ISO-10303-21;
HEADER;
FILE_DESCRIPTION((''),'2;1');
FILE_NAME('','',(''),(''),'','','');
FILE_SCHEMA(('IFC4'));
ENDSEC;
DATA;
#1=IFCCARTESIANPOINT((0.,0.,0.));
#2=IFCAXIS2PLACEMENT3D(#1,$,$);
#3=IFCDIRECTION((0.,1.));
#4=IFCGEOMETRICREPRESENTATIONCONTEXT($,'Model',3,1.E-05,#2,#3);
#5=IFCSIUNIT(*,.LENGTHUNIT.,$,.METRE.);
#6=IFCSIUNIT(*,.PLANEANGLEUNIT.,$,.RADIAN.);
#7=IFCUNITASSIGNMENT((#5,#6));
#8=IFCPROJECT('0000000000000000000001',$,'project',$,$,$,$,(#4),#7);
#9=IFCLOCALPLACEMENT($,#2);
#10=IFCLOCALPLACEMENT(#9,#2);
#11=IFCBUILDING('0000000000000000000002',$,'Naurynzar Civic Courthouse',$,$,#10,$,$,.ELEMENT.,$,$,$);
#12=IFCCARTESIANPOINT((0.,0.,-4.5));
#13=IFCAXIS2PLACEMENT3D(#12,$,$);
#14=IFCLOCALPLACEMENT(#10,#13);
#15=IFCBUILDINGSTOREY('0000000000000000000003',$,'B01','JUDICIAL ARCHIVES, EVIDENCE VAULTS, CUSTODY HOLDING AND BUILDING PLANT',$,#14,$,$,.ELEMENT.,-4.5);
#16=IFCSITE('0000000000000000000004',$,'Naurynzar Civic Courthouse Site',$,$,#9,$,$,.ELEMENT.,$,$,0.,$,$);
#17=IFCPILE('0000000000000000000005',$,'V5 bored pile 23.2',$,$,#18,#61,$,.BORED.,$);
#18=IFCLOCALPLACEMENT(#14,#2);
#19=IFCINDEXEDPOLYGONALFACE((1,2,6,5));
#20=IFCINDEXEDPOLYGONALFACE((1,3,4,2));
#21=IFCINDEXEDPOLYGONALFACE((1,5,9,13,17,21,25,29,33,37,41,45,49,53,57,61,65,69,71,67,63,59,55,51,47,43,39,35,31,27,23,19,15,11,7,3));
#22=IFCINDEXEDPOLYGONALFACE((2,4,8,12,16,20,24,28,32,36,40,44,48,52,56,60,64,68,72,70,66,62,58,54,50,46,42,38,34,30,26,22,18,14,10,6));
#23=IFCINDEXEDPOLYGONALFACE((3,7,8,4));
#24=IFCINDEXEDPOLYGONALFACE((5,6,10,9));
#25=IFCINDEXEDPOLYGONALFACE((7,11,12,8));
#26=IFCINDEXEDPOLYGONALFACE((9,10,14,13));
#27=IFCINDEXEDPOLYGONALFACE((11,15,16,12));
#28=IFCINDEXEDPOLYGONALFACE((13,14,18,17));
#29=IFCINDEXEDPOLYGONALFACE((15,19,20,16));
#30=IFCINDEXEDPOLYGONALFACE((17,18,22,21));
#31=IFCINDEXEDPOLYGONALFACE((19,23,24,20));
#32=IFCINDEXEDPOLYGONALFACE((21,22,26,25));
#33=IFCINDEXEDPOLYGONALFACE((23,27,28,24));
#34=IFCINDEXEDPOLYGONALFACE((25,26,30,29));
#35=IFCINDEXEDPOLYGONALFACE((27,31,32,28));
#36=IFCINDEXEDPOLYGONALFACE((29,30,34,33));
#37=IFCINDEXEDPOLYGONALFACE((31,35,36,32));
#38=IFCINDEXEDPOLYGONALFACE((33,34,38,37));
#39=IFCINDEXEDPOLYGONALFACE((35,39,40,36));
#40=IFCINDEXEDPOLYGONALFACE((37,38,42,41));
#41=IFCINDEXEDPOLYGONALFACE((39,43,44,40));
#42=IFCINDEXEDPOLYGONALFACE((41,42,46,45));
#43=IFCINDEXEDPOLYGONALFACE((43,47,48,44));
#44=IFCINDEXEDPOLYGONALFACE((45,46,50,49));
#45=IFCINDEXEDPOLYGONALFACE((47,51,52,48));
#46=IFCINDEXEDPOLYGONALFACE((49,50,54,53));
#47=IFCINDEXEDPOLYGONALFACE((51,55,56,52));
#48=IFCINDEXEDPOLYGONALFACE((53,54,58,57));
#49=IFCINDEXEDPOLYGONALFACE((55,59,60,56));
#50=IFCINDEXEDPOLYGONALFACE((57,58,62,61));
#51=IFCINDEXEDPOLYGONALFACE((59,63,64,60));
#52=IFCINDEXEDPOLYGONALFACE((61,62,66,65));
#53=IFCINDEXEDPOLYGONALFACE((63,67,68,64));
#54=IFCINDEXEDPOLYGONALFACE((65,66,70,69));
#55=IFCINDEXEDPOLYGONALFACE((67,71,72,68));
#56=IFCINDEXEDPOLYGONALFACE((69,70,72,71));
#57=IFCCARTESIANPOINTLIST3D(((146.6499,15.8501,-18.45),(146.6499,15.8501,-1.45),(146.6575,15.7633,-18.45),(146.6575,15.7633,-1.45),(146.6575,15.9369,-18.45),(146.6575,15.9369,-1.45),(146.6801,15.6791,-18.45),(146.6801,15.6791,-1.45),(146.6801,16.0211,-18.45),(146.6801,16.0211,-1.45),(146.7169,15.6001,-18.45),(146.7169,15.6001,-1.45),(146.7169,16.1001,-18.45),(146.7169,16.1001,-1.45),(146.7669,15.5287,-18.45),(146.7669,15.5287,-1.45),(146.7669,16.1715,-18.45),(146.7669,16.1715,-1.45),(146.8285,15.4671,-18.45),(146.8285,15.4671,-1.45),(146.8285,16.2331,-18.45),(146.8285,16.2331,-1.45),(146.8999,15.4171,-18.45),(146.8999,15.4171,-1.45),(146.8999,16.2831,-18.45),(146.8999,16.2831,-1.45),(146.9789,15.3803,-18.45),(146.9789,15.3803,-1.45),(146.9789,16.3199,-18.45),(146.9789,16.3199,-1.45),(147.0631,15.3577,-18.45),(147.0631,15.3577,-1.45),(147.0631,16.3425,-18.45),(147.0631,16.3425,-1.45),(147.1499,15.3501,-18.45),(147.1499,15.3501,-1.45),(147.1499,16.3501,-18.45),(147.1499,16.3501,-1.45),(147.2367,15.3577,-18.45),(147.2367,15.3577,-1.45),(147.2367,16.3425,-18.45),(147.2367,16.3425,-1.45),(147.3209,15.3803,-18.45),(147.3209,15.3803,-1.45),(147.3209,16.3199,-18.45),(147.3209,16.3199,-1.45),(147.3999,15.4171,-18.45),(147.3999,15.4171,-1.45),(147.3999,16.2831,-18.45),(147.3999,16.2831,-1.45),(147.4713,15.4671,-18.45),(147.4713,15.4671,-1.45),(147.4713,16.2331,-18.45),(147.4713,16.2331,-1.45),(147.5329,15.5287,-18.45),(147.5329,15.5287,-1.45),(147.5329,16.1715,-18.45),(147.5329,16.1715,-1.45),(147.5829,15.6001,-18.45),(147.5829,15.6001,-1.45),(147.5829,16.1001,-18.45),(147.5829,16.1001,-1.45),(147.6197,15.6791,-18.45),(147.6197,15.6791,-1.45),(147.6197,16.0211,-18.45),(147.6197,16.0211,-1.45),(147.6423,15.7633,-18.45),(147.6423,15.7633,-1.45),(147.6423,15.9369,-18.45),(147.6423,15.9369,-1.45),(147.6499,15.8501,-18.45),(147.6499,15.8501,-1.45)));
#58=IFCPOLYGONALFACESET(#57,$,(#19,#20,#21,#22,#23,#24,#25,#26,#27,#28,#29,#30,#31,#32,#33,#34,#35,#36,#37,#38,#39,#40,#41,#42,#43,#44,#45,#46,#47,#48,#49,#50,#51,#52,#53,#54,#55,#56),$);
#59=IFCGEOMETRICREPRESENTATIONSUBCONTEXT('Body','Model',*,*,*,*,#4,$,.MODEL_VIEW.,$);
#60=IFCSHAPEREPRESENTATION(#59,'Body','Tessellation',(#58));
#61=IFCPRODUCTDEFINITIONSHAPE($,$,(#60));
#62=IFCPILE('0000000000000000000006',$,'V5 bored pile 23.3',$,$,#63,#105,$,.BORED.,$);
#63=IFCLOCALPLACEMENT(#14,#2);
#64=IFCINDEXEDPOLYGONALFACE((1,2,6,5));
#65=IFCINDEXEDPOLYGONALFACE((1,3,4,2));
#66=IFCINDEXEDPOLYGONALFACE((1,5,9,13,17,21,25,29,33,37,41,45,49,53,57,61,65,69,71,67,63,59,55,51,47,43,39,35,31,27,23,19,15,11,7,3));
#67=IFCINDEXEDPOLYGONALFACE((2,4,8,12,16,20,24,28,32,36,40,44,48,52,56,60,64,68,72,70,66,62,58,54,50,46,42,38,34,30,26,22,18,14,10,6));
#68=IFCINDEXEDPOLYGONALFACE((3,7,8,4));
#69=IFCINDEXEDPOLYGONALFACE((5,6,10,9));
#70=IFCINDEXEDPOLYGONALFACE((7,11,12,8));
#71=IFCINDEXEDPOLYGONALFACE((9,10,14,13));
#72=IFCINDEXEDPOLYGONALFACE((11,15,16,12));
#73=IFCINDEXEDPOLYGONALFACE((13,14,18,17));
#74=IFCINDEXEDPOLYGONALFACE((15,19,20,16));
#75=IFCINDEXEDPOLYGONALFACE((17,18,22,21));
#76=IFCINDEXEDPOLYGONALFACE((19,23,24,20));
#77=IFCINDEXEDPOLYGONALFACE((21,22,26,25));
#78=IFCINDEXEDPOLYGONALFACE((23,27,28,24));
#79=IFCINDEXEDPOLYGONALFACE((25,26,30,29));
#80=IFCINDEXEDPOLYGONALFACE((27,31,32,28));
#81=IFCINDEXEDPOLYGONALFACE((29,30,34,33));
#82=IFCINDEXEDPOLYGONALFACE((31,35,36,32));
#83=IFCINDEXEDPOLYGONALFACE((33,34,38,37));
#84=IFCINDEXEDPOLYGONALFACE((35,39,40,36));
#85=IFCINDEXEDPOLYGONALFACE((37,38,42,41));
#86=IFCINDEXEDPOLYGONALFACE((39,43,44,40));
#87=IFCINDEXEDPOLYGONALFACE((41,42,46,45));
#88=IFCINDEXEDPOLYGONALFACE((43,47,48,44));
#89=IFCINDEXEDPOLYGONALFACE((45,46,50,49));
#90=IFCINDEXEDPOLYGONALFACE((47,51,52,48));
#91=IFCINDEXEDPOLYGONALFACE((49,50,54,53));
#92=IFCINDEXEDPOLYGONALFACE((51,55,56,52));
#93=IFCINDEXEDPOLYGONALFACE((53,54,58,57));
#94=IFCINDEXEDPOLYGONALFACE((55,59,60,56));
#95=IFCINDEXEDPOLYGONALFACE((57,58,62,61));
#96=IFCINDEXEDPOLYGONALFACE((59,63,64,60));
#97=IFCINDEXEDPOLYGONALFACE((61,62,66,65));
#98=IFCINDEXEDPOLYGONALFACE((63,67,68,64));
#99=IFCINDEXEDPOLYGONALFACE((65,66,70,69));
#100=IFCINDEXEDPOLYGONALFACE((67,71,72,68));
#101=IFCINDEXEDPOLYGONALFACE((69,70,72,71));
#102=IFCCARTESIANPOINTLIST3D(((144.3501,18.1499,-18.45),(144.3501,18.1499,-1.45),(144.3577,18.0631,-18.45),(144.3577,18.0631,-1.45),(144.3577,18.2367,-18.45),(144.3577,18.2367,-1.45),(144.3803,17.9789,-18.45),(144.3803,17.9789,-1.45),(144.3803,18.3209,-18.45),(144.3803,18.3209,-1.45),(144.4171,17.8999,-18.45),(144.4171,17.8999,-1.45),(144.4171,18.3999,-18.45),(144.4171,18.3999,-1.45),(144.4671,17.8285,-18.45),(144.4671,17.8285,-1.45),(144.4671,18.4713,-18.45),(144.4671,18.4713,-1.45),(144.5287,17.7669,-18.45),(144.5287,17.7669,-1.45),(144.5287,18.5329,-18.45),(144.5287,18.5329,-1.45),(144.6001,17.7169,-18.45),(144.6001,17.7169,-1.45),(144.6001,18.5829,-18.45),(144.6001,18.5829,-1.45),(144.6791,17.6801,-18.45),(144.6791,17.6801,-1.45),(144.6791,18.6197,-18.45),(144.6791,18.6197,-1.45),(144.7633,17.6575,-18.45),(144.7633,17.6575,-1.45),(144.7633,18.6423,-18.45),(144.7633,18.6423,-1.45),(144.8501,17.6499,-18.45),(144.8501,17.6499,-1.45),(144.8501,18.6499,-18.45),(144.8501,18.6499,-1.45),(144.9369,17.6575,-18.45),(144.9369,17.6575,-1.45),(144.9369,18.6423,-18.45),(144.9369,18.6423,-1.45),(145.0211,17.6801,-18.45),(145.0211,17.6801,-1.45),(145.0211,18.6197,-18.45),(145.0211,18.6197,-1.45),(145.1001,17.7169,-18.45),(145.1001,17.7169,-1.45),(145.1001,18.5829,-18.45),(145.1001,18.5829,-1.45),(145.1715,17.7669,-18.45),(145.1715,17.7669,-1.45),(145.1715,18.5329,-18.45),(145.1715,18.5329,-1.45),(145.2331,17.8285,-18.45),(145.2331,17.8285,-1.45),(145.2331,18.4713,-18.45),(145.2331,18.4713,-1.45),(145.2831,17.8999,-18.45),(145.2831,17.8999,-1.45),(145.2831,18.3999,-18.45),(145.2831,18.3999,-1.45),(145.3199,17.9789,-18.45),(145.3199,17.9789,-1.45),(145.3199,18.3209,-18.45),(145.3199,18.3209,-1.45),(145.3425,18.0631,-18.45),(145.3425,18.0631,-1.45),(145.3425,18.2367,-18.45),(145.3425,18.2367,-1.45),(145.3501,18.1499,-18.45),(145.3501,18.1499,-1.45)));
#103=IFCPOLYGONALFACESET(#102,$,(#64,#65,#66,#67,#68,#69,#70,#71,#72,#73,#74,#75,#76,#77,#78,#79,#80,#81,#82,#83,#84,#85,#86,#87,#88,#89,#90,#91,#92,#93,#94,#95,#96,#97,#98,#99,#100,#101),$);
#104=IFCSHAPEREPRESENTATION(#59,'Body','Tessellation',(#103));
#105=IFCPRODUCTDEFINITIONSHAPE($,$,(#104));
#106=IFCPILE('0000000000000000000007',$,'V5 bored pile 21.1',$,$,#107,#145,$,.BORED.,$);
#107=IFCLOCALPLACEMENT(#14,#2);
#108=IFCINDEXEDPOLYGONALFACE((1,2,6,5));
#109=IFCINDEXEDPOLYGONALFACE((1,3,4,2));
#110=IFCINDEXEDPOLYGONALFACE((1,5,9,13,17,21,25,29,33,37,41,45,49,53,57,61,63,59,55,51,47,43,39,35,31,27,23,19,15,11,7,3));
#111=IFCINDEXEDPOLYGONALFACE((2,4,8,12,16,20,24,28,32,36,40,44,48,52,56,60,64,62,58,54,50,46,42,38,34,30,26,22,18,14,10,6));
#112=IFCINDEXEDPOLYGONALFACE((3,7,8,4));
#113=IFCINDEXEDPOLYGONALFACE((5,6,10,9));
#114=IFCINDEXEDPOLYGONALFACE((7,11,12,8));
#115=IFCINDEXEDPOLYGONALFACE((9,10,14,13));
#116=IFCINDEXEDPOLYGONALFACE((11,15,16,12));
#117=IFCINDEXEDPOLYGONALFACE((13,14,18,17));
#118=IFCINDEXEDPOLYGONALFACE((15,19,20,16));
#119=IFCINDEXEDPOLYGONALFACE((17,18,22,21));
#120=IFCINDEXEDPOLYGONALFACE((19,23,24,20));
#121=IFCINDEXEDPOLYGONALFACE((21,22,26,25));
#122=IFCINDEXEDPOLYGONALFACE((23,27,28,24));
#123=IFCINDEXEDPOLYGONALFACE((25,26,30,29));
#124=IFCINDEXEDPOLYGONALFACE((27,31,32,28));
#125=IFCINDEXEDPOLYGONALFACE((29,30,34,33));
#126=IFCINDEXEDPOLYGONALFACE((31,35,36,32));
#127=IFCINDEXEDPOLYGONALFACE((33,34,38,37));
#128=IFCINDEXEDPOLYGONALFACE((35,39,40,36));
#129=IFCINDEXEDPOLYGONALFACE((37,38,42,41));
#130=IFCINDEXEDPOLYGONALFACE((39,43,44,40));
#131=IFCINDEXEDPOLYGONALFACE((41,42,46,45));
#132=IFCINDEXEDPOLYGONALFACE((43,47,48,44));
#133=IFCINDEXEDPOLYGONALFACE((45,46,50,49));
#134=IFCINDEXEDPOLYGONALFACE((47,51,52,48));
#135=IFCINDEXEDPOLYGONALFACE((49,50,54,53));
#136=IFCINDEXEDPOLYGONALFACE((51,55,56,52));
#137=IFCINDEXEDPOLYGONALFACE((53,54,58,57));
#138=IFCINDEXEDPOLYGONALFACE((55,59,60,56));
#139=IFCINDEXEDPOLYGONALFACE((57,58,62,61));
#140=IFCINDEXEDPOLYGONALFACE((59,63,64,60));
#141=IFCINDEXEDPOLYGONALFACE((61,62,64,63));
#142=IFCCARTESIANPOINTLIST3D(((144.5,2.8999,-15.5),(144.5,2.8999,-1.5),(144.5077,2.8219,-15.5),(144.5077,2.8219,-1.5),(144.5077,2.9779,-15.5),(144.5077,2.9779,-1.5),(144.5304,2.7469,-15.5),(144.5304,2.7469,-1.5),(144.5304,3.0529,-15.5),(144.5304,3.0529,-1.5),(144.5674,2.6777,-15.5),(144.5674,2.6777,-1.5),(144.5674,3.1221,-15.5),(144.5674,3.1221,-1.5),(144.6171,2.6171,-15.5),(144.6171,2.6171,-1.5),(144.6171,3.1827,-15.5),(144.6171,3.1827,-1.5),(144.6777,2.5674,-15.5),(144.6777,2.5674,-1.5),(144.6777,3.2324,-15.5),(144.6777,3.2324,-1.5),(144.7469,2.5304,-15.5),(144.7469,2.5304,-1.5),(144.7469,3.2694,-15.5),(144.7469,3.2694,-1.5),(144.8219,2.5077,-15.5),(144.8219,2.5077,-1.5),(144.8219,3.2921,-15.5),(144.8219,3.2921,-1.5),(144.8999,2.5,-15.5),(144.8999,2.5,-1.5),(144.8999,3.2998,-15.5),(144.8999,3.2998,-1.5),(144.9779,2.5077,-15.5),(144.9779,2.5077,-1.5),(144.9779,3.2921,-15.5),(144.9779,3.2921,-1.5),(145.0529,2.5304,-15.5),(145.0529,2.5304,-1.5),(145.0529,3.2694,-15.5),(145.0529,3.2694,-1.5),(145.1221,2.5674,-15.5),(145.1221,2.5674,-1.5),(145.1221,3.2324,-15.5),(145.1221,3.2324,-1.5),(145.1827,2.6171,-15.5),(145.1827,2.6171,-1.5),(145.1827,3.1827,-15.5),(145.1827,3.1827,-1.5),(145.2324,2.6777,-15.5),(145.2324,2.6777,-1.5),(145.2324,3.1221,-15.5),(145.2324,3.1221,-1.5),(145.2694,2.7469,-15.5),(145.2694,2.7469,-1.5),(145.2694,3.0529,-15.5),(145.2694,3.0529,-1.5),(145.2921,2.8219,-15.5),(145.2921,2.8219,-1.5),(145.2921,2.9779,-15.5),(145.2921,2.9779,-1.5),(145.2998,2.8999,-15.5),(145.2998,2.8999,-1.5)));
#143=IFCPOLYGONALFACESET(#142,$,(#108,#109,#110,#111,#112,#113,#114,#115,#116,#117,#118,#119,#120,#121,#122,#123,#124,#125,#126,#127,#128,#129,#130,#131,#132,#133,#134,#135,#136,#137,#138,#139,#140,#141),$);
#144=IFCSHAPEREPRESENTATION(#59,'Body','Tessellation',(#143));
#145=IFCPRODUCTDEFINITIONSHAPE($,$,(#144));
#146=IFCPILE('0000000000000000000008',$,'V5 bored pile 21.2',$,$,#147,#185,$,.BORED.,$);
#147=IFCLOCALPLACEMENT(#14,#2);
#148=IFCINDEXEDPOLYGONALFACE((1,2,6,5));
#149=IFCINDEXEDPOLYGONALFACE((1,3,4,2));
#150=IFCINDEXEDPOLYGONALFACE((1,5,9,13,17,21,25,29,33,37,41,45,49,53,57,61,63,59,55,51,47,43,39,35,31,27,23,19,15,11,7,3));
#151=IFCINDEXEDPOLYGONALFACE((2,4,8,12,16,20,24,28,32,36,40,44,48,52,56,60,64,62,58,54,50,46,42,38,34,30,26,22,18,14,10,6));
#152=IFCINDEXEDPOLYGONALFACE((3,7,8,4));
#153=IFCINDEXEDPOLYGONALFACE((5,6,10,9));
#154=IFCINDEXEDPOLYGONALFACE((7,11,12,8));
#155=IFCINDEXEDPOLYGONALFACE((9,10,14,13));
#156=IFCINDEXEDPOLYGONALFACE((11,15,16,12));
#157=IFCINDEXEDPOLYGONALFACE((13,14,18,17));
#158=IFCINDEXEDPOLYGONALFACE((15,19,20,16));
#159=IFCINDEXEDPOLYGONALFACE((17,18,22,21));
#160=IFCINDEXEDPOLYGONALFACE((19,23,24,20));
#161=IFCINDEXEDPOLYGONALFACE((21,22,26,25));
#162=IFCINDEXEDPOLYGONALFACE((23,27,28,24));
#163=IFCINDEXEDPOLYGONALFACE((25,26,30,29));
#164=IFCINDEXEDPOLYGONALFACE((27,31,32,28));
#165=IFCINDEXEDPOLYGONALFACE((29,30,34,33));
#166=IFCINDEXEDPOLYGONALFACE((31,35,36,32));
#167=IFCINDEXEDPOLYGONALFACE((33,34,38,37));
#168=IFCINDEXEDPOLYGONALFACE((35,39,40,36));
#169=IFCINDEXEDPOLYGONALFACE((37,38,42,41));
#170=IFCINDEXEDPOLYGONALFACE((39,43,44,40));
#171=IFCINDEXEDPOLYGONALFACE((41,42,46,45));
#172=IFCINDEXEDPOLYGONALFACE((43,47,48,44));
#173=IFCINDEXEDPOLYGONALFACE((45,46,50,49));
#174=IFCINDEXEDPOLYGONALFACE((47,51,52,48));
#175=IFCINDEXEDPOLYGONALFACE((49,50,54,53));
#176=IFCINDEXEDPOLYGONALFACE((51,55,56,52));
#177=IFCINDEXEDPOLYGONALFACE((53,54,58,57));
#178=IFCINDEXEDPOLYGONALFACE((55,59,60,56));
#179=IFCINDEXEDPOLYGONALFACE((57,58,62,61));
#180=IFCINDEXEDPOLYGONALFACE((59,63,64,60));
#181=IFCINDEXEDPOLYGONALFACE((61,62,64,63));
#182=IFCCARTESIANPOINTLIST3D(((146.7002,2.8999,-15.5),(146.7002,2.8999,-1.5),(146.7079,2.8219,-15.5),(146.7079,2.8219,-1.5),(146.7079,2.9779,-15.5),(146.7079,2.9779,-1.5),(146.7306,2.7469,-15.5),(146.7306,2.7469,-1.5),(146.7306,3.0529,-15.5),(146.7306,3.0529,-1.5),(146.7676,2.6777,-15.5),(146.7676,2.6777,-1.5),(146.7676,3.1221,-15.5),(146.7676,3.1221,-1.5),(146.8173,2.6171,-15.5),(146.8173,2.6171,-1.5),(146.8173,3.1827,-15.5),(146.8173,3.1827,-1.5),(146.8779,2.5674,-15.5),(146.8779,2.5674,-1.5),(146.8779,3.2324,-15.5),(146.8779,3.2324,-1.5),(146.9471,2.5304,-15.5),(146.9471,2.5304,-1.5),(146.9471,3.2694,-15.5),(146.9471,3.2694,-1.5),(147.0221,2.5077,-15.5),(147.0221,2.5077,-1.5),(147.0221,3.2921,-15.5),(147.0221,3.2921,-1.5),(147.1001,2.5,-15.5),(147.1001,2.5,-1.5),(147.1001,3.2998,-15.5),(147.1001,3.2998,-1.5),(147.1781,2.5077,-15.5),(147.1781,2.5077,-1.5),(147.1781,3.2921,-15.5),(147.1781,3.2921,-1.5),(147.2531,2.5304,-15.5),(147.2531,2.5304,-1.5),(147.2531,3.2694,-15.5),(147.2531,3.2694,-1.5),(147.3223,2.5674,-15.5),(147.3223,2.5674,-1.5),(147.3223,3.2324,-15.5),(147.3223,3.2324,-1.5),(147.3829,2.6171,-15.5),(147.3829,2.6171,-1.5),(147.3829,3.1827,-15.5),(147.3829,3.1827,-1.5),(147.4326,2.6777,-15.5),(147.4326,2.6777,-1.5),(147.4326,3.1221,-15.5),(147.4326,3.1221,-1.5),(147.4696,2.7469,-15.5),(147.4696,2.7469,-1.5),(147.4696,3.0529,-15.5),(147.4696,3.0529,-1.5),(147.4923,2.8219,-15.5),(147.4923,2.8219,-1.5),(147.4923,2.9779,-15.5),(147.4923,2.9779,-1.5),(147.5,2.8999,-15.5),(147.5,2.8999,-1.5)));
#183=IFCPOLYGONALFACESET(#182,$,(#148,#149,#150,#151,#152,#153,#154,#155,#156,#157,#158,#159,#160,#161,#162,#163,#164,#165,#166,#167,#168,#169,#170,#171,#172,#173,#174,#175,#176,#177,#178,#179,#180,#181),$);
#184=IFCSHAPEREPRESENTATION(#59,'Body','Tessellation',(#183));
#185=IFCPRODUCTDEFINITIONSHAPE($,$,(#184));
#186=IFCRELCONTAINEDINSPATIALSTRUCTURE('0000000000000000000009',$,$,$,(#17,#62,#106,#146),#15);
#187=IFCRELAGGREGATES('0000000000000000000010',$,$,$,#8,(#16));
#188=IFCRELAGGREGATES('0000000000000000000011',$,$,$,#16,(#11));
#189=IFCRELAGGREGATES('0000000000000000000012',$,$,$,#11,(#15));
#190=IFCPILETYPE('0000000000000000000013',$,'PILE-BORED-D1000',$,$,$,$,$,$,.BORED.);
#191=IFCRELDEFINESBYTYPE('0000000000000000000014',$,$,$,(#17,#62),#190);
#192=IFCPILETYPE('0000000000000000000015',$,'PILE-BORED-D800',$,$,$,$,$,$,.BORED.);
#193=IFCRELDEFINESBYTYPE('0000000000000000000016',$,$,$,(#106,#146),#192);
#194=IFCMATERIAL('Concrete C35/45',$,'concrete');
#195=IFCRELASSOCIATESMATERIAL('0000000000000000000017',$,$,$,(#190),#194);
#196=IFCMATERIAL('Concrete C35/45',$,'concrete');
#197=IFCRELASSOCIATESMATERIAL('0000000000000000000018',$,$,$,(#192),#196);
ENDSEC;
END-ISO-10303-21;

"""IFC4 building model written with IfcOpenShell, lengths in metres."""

from ifc_helpers import new_model, si_unit, direction, frame, origin, origin_2d, place, context, subcontext, project, spatial, circle, extrude, material, material_profile, profile_set, type_object, element, save


model = new_model("IFC4")

# Units and contexts
model_context = context("Model", 3, precision=1e-05, world=origin(), true_north=direction((0.0, 1.0)))
body_context = subcontext(model_context, "Body", "Model", "MODEL_VIEW")
ifc_project = project(units=[si_unit("LENGTHUNIT", "METRE"), si_unit("PLANEANGLEUNIT", "RADIAN")], contexts=[model_context])

# Site, building, storey
site_placement = place(None, origin())
site = spatial("IfcSite", under=ifc_project, at=site_placement, Name="Naurynzar Civic Courthouse Site", CompositionType="ELEMENT", RefElevation=0.0)
building_placement = place(site_placement, origin())
building = spatial("IfcBuilding", under=site, at=building_placement, Name="Naurynzar Civic Courthouse", CompositionType="ELEMENT")
storey_placement = place(building_placement, frame((0.0, 0.0, -4.5)))
storey = spatial("IfcBuildingStorey", under=building, at=storey_placement, Name="B01", Description="JUDICIAL ARCHIVES, EVIDENCE VAULTS, CUSTODY HOLDING AND BUILDING PLANT", CompositionType="ELEMENT", Elevation=-4.5)

# Piles
ifc_material_1 = material(Name="Concrete C35/45", Category="concrete")
ifc_material_profile_1 = material_profile(ifc_material_1, circle(Radius=0.5, at=origin_2d()), Name="PILE D1000")
ifc_profile_set_1 = profile_set([ifc_material_profile_1], Name="Concrete C35/45")
pile_type_1 = type_object("IfcPileType", Name="PILE-BORED-D1000", PredefinedType="BORED", material=ifc_profile_set_1)
for number, where, z_axis, x_axis, name in (
    (1, (147.1499, 15.8501, -1.45), (0.0, 0.0, -1.0), (1.0, 0.0, 0.0), "V5 bored pile 23.2"),
    (2, (144.8501, 18.1499, -1.45), (0.0, 0.0, -1.0), (1.0, 0.0, 0.0), "V5 bored pile 23.3"),
):
    element("IfcPile", number, at=place(storey_placement, frame(where, z_axis=z_axis, x_axis=x_axis)), inside=storey, type_object=pile_type_1, Name=name, PredefinedType="BORED", context=body_context, shape_type="SweptSolid", body=[
        extrude(circle(Radius=0.5, at=origin_2d()), origin(), (0.0, 0.0, 1.0), 17.0),
    ])
ifc_material_2 = material(Name="Concrete C35/45", Category="concrete")
ifc_material_profile_2 = material_profile(ifc_material_2, circle(Radius=0.3999, at=origin_2d()), Name="PILE D800")
ifc_profile_set_2 = profile_set([ifc_material_profile_2], Name="Concrete C35/45")
pile_type_2 = type_object("IfcPileType", Name="PILE-BORED-D800", PredefinedType="BORED", material=ifc_profile_set_2)
for number, where, z_axis, x_axis, name in (
    (3, (144.8999, 2.8999, -1.5), (0.0, 0.0, -1.0), (1.0, 0.0, 0.0), "V5 bored pile 21.1"),
    (4, (147.1001, 2.8999, -1.5), (0.0, 0.0, -1.0), (1.0, 0.0, 0.0), "V5 bored pile 21.2"),
):
    element("IfcPile", number, at=place(storey_placement, frame(where, z_axis=z_axis, x_axis=x_axis)), inside=storey, type_object=pile_type_2, Name=name, PredefinedType="BORED", context=body_context, shape_type="SweptSolid", body=[
        extrude(circle(Radius=0.3999, at=origin_2d()), origin(), (0.0, 0.0, 1.0), 14.0),
    ])

save(model, "model.ifc")
